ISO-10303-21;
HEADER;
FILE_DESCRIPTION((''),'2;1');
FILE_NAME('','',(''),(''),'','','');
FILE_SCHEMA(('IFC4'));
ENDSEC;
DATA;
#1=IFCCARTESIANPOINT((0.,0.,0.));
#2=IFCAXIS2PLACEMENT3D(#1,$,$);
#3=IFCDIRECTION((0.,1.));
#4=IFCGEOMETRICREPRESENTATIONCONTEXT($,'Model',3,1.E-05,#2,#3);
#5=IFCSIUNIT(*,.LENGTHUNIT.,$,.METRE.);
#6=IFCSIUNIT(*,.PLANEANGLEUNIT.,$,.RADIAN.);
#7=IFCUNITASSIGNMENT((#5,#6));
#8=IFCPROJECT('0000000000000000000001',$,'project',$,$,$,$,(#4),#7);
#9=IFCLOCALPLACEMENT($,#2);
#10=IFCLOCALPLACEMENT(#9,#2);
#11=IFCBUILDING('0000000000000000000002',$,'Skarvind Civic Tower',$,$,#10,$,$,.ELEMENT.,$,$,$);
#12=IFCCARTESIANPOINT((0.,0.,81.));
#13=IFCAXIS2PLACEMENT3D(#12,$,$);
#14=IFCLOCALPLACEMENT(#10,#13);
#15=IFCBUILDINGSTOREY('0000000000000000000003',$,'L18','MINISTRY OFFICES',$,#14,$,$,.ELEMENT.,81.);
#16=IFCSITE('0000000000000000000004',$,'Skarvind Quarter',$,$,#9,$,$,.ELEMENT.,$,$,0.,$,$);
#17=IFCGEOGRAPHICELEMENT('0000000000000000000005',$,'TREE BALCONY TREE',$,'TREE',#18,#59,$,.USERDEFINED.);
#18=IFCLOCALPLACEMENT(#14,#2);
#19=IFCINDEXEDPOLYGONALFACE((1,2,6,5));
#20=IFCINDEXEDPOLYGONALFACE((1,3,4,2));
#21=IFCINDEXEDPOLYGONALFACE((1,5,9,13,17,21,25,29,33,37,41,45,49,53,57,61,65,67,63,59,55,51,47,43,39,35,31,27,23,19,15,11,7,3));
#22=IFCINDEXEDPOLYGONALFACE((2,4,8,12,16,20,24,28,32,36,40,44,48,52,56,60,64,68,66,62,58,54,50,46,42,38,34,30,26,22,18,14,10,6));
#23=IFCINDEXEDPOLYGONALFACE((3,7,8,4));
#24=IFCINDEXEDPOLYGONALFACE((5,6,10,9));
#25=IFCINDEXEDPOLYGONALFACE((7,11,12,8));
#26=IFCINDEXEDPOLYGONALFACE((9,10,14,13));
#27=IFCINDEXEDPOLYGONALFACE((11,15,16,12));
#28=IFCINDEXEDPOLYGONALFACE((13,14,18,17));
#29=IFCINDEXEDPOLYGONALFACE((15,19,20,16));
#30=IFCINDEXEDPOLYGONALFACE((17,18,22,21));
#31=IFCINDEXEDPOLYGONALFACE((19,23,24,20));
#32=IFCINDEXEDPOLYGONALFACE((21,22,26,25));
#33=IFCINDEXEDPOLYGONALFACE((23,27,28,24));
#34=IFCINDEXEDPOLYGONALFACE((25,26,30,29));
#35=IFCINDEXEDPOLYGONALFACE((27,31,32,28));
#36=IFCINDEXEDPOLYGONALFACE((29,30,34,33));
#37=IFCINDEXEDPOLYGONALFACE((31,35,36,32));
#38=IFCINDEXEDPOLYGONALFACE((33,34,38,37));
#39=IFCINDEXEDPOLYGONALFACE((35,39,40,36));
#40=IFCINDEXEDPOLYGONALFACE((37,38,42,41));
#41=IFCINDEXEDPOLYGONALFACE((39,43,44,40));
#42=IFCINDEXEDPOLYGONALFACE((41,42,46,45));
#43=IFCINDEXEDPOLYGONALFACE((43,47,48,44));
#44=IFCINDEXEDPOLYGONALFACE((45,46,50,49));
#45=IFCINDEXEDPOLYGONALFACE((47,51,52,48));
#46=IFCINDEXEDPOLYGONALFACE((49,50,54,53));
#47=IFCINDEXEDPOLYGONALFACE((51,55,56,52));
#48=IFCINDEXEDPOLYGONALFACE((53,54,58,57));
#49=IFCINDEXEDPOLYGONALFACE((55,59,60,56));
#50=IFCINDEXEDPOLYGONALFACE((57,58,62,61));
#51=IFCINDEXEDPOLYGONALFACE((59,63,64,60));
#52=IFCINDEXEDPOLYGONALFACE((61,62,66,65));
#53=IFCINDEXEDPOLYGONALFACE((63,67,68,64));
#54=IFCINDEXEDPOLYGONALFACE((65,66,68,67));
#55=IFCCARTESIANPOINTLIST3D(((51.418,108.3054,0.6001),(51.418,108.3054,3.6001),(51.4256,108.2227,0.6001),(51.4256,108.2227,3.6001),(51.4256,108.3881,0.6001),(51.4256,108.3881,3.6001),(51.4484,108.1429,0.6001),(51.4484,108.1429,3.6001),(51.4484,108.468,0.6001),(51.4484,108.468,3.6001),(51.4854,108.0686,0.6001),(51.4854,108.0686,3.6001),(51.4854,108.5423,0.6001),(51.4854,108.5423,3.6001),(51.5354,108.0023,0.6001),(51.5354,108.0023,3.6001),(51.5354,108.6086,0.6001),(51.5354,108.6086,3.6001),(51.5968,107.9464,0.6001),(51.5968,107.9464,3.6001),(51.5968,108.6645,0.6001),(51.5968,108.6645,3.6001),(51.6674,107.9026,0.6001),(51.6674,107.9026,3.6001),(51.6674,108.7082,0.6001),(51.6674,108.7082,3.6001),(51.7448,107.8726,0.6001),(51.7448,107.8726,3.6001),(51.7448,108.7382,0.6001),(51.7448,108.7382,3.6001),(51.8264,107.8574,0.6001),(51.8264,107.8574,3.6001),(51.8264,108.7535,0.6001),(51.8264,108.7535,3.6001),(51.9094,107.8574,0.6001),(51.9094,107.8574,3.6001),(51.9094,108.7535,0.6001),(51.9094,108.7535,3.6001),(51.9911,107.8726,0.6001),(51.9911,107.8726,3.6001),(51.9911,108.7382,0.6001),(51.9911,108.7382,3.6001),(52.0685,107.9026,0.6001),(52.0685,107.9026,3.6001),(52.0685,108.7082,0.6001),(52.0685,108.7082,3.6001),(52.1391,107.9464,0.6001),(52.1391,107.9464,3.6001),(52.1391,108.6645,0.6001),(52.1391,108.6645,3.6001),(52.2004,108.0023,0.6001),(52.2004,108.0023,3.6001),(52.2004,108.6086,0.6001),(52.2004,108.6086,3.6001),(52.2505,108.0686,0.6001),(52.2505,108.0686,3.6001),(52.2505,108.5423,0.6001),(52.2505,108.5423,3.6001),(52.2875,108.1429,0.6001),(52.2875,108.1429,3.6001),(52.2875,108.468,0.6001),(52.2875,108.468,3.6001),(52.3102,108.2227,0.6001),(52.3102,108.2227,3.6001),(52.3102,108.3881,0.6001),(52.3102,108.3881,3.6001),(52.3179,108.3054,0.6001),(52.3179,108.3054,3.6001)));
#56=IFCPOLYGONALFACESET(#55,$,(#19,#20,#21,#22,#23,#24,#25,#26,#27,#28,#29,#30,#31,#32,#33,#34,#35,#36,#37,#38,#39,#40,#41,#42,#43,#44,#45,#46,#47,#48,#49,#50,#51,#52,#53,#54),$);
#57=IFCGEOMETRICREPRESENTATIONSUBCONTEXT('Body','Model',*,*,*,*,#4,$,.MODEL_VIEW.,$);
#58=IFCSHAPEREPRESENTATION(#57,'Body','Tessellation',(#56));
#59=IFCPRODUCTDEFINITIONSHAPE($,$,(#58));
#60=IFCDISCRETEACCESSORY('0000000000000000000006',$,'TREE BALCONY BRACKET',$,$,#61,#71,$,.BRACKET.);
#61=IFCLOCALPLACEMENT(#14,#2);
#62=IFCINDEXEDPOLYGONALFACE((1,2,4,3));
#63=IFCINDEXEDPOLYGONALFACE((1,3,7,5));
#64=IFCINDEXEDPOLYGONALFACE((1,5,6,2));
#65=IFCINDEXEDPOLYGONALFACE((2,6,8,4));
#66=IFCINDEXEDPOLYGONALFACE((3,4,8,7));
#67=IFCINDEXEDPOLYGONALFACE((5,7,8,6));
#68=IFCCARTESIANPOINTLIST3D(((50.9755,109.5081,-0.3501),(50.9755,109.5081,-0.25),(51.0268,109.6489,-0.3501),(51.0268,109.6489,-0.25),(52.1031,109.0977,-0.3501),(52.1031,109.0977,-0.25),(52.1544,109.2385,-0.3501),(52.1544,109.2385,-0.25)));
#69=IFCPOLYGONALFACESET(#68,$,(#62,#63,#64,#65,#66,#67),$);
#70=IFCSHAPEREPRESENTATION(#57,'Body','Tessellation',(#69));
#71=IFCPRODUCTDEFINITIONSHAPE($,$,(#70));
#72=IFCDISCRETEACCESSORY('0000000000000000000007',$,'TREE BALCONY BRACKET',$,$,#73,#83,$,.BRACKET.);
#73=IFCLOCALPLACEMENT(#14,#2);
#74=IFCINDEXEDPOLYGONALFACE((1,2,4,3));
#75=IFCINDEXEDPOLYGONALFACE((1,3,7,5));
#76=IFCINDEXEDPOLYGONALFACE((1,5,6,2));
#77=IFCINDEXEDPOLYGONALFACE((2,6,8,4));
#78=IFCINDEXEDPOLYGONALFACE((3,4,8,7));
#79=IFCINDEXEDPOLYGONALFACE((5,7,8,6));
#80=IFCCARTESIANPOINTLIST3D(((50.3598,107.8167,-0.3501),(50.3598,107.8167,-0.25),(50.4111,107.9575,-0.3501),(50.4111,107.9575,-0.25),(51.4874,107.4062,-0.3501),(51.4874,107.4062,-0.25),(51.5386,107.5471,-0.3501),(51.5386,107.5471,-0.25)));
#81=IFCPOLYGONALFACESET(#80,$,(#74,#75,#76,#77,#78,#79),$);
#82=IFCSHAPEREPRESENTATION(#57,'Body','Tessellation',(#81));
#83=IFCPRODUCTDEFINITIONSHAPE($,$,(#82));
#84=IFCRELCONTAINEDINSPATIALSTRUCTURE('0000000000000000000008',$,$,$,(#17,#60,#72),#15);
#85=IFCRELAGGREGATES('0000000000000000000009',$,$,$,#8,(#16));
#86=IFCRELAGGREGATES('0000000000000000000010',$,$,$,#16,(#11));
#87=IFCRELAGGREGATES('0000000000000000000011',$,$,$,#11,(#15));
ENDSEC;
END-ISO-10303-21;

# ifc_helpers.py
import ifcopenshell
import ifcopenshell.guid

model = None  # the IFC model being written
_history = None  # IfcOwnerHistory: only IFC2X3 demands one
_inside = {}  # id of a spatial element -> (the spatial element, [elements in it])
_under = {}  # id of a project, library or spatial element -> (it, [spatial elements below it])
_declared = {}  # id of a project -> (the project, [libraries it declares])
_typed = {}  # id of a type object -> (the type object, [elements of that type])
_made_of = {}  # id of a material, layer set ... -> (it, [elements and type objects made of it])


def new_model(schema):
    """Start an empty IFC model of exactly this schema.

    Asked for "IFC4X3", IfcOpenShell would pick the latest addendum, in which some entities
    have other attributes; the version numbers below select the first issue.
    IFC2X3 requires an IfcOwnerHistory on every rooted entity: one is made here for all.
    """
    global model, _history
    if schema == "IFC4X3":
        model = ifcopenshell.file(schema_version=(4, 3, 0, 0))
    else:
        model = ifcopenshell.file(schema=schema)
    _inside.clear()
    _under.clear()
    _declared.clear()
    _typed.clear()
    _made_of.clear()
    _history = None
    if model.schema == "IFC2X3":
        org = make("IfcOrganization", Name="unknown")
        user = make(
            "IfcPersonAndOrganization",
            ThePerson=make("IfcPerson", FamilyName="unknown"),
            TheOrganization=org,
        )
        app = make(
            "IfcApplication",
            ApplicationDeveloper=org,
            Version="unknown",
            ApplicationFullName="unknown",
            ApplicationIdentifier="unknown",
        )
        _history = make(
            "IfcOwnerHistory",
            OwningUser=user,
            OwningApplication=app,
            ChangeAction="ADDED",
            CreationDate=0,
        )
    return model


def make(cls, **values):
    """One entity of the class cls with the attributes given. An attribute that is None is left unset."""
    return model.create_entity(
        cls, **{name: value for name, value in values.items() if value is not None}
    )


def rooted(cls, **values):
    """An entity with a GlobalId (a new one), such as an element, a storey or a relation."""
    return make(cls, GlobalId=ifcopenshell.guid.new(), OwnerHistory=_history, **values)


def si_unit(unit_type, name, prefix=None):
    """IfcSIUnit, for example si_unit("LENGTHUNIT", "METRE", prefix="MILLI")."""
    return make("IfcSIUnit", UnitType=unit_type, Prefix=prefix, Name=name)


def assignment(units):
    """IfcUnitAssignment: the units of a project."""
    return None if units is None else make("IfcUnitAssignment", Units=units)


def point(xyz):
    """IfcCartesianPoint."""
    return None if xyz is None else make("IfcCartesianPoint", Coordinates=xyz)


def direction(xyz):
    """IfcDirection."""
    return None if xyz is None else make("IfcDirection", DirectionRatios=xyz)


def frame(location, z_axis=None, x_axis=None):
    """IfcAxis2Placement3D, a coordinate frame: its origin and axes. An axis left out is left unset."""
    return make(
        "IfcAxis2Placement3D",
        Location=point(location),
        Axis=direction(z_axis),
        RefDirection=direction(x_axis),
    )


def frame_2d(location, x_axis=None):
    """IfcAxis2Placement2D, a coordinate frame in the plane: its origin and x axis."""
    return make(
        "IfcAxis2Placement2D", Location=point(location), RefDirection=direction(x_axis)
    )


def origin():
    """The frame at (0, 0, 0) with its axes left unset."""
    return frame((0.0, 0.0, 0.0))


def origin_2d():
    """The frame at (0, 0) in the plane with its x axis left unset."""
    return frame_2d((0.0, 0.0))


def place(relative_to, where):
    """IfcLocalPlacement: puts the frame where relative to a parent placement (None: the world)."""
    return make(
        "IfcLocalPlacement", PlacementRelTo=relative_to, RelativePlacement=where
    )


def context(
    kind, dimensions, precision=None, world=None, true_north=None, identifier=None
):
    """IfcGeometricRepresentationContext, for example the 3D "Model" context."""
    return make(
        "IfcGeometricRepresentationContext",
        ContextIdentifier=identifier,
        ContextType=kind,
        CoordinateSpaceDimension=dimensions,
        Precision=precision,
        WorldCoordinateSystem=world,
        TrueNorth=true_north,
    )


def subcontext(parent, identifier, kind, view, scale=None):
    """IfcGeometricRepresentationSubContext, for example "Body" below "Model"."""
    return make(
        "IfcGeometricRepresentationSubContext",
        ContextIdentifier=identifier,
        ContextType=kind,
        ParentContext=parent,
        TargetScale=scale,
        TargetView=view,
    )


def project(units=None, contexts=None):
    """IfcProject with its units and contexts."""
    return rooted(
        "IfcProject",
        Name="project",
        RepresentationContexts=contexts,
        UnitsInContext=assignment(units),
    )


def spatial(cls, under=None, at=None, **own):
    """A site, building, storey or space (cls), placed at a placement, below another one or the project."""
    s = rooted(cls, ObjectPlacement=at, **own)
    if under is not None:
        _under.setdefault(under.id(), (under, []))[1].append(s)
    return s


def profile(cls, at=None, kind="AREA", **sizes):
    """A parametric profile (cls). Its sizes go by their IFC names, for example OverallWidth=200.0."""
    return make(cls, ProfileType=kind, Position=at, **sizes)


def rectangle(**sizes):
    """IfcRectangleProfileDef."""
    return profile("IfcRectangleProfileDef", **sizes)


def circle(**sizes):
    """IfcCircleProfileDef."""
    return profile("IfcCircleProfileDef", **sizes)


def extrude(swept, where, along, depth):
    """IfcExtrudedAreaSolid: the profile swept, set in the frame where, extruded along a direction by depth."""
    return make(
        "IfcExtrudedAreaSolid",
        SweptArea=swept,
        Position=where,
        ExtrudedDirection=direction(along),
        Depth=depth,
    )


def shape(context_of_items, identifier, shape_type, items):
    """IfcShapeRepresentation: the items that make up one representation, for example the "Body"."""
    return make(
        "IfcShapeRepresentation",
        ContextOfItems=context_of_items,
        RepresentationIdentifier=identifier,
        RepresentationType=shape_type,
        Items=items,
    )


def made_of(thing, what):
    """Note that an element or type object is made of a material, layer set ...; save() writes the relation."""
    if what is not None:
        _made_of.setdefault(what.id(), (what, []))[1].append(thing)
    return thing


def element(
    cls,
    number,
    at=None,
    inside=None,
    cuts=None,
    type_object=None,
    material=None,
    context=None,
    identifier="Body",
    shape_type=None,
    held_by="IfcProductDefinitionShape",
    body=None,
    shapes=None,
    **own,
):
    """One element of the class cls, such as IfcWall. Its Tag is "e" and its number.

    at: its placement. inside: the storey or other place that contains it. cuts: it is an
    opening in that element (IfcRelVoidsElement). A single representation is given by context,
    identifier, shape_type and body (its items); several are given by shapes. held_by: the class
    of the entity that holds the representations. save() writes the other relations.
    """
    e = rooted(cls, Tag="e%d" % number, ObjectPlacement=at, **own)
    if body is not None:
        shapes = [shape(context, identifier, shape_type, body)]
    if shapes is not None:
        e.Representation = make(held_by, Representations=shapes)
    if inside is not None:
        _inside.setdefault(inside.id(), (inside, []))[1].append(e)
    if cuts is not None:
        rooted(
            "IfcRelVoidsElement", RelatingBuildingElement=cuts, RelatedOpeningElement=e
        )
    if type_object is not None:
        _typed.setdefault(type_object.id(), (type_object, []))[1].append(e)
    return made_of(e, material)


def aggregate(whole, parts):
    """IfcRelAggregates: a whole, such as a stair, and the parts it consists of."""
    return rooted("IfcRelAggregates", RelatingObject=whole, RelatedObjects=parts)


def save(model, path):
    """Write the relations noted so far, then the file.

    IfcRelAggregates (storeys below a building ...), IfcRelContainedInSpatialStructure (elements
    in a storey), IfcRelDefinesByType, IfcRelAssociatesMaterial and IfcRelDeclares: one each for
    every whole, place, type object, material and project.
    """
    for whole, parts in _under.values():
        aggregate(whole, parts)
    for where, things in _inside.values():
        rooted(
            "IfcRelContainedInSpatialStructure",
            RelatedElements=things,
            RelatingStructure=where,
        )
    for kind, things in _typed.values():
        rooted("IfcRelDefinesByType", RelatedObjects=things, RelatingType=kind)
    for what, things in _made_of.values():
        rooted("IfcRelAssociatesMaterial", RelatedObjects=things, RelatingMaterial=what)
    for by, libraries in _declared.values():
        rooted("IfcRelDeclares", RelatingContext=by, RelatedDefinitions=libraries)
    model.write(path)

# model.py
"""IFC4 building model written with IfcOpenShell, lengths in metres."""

from ifc_helpers import new_model, si_unit, direction, frame, origin, origin_2d, place, context, subcontext, project, spatial, rectangle, circle, extrude, element, save


model = new_model("IFC4")

# Units and contexts
model_context = context("Model", 3, precision=1e-05, world=origin(), true_north=direction((0.0, 1.0)))
body_context = subcontext(model_context, "Body", "Model", "MODEL_VIEW")
ifc_project = project(units=[si_unit("LENGTHUNIT", "METRE"), si_unit("PLANEANGLEUNIT", "RADIAN")], contexts=[model_context])

# Site, building, storey
site_placement = place(None, origin())
site = spatial("IfcSite", under=ifc_project, at=site_placement, Name="Skarvind Quarter", CompositionType="ELEMENT", RefElevation=0.0)
building_placement = place(site_placement, origin())
building = spatial("IfcBuilding", under=site, at=building_placement, Name="Skarvind Civic Tower", CompositionType="ELEMENT")
storey_placement = place(building_placement, frame((0.0, 0.0, 81.0)))
storey = spatial("IfcBuildingStorey", under=building, at=storey_placement, Name="L18", Description="MINISTRY OFFICES", CompositionType="ELEMENT", Elevation=81.0)

# Geographic element
geographic_element_placement = place(storey_placement, frame((51.8679, 108.3054, 0.6001), z_axis=(0.0, 0.0, 1.0), x_axis=(1.0, 0.0, 0.0)))
element("IfcGeographicElement", 1, at=geographic_element_placement, inside=storey, Name="TREE BALCONY TREE", ObjectType="TREE", PredefinedType="USERDEFINED", context=body_context, shape_type="SweptSolid", body=[
    extrude(circle(Radius=0.45, at=origin_2d()), origin(), (0.0, 0.0, 1.0), 3.0),
])

# Discrete accessories
for number, where, z_axis, x_axis, name in (
    (2, (51.5649, 109.3733, -0.3501), (0.0, 0.0, 1.0), (-0.34202, -0.939693, 0.0), "TREE BALCONY BRACKET"),
    (3, (50.9492, 107.6819, -0.3501), (0.0, 0.0, 1.0), (-0.34202, -0.939693, 0.0), "TREE BALCONY BRACKET"),
):
    element("IfcDiscreteAccessory", number, at=place(storey_placement, frame(where, z_axis=z_axis, x_axis=x_axis)), inside=storey, Name=name, PredefinedType="BRACKET", context=body_context, shape_type="SweptSolid", body=[
        extrude(rectangle(XDim=0.1499, YDim=1.2, at=origin_2d()), origin(), (0.0, 0.0, 1.0), 0.1001),
    ])

save(model, "model.ifc")
